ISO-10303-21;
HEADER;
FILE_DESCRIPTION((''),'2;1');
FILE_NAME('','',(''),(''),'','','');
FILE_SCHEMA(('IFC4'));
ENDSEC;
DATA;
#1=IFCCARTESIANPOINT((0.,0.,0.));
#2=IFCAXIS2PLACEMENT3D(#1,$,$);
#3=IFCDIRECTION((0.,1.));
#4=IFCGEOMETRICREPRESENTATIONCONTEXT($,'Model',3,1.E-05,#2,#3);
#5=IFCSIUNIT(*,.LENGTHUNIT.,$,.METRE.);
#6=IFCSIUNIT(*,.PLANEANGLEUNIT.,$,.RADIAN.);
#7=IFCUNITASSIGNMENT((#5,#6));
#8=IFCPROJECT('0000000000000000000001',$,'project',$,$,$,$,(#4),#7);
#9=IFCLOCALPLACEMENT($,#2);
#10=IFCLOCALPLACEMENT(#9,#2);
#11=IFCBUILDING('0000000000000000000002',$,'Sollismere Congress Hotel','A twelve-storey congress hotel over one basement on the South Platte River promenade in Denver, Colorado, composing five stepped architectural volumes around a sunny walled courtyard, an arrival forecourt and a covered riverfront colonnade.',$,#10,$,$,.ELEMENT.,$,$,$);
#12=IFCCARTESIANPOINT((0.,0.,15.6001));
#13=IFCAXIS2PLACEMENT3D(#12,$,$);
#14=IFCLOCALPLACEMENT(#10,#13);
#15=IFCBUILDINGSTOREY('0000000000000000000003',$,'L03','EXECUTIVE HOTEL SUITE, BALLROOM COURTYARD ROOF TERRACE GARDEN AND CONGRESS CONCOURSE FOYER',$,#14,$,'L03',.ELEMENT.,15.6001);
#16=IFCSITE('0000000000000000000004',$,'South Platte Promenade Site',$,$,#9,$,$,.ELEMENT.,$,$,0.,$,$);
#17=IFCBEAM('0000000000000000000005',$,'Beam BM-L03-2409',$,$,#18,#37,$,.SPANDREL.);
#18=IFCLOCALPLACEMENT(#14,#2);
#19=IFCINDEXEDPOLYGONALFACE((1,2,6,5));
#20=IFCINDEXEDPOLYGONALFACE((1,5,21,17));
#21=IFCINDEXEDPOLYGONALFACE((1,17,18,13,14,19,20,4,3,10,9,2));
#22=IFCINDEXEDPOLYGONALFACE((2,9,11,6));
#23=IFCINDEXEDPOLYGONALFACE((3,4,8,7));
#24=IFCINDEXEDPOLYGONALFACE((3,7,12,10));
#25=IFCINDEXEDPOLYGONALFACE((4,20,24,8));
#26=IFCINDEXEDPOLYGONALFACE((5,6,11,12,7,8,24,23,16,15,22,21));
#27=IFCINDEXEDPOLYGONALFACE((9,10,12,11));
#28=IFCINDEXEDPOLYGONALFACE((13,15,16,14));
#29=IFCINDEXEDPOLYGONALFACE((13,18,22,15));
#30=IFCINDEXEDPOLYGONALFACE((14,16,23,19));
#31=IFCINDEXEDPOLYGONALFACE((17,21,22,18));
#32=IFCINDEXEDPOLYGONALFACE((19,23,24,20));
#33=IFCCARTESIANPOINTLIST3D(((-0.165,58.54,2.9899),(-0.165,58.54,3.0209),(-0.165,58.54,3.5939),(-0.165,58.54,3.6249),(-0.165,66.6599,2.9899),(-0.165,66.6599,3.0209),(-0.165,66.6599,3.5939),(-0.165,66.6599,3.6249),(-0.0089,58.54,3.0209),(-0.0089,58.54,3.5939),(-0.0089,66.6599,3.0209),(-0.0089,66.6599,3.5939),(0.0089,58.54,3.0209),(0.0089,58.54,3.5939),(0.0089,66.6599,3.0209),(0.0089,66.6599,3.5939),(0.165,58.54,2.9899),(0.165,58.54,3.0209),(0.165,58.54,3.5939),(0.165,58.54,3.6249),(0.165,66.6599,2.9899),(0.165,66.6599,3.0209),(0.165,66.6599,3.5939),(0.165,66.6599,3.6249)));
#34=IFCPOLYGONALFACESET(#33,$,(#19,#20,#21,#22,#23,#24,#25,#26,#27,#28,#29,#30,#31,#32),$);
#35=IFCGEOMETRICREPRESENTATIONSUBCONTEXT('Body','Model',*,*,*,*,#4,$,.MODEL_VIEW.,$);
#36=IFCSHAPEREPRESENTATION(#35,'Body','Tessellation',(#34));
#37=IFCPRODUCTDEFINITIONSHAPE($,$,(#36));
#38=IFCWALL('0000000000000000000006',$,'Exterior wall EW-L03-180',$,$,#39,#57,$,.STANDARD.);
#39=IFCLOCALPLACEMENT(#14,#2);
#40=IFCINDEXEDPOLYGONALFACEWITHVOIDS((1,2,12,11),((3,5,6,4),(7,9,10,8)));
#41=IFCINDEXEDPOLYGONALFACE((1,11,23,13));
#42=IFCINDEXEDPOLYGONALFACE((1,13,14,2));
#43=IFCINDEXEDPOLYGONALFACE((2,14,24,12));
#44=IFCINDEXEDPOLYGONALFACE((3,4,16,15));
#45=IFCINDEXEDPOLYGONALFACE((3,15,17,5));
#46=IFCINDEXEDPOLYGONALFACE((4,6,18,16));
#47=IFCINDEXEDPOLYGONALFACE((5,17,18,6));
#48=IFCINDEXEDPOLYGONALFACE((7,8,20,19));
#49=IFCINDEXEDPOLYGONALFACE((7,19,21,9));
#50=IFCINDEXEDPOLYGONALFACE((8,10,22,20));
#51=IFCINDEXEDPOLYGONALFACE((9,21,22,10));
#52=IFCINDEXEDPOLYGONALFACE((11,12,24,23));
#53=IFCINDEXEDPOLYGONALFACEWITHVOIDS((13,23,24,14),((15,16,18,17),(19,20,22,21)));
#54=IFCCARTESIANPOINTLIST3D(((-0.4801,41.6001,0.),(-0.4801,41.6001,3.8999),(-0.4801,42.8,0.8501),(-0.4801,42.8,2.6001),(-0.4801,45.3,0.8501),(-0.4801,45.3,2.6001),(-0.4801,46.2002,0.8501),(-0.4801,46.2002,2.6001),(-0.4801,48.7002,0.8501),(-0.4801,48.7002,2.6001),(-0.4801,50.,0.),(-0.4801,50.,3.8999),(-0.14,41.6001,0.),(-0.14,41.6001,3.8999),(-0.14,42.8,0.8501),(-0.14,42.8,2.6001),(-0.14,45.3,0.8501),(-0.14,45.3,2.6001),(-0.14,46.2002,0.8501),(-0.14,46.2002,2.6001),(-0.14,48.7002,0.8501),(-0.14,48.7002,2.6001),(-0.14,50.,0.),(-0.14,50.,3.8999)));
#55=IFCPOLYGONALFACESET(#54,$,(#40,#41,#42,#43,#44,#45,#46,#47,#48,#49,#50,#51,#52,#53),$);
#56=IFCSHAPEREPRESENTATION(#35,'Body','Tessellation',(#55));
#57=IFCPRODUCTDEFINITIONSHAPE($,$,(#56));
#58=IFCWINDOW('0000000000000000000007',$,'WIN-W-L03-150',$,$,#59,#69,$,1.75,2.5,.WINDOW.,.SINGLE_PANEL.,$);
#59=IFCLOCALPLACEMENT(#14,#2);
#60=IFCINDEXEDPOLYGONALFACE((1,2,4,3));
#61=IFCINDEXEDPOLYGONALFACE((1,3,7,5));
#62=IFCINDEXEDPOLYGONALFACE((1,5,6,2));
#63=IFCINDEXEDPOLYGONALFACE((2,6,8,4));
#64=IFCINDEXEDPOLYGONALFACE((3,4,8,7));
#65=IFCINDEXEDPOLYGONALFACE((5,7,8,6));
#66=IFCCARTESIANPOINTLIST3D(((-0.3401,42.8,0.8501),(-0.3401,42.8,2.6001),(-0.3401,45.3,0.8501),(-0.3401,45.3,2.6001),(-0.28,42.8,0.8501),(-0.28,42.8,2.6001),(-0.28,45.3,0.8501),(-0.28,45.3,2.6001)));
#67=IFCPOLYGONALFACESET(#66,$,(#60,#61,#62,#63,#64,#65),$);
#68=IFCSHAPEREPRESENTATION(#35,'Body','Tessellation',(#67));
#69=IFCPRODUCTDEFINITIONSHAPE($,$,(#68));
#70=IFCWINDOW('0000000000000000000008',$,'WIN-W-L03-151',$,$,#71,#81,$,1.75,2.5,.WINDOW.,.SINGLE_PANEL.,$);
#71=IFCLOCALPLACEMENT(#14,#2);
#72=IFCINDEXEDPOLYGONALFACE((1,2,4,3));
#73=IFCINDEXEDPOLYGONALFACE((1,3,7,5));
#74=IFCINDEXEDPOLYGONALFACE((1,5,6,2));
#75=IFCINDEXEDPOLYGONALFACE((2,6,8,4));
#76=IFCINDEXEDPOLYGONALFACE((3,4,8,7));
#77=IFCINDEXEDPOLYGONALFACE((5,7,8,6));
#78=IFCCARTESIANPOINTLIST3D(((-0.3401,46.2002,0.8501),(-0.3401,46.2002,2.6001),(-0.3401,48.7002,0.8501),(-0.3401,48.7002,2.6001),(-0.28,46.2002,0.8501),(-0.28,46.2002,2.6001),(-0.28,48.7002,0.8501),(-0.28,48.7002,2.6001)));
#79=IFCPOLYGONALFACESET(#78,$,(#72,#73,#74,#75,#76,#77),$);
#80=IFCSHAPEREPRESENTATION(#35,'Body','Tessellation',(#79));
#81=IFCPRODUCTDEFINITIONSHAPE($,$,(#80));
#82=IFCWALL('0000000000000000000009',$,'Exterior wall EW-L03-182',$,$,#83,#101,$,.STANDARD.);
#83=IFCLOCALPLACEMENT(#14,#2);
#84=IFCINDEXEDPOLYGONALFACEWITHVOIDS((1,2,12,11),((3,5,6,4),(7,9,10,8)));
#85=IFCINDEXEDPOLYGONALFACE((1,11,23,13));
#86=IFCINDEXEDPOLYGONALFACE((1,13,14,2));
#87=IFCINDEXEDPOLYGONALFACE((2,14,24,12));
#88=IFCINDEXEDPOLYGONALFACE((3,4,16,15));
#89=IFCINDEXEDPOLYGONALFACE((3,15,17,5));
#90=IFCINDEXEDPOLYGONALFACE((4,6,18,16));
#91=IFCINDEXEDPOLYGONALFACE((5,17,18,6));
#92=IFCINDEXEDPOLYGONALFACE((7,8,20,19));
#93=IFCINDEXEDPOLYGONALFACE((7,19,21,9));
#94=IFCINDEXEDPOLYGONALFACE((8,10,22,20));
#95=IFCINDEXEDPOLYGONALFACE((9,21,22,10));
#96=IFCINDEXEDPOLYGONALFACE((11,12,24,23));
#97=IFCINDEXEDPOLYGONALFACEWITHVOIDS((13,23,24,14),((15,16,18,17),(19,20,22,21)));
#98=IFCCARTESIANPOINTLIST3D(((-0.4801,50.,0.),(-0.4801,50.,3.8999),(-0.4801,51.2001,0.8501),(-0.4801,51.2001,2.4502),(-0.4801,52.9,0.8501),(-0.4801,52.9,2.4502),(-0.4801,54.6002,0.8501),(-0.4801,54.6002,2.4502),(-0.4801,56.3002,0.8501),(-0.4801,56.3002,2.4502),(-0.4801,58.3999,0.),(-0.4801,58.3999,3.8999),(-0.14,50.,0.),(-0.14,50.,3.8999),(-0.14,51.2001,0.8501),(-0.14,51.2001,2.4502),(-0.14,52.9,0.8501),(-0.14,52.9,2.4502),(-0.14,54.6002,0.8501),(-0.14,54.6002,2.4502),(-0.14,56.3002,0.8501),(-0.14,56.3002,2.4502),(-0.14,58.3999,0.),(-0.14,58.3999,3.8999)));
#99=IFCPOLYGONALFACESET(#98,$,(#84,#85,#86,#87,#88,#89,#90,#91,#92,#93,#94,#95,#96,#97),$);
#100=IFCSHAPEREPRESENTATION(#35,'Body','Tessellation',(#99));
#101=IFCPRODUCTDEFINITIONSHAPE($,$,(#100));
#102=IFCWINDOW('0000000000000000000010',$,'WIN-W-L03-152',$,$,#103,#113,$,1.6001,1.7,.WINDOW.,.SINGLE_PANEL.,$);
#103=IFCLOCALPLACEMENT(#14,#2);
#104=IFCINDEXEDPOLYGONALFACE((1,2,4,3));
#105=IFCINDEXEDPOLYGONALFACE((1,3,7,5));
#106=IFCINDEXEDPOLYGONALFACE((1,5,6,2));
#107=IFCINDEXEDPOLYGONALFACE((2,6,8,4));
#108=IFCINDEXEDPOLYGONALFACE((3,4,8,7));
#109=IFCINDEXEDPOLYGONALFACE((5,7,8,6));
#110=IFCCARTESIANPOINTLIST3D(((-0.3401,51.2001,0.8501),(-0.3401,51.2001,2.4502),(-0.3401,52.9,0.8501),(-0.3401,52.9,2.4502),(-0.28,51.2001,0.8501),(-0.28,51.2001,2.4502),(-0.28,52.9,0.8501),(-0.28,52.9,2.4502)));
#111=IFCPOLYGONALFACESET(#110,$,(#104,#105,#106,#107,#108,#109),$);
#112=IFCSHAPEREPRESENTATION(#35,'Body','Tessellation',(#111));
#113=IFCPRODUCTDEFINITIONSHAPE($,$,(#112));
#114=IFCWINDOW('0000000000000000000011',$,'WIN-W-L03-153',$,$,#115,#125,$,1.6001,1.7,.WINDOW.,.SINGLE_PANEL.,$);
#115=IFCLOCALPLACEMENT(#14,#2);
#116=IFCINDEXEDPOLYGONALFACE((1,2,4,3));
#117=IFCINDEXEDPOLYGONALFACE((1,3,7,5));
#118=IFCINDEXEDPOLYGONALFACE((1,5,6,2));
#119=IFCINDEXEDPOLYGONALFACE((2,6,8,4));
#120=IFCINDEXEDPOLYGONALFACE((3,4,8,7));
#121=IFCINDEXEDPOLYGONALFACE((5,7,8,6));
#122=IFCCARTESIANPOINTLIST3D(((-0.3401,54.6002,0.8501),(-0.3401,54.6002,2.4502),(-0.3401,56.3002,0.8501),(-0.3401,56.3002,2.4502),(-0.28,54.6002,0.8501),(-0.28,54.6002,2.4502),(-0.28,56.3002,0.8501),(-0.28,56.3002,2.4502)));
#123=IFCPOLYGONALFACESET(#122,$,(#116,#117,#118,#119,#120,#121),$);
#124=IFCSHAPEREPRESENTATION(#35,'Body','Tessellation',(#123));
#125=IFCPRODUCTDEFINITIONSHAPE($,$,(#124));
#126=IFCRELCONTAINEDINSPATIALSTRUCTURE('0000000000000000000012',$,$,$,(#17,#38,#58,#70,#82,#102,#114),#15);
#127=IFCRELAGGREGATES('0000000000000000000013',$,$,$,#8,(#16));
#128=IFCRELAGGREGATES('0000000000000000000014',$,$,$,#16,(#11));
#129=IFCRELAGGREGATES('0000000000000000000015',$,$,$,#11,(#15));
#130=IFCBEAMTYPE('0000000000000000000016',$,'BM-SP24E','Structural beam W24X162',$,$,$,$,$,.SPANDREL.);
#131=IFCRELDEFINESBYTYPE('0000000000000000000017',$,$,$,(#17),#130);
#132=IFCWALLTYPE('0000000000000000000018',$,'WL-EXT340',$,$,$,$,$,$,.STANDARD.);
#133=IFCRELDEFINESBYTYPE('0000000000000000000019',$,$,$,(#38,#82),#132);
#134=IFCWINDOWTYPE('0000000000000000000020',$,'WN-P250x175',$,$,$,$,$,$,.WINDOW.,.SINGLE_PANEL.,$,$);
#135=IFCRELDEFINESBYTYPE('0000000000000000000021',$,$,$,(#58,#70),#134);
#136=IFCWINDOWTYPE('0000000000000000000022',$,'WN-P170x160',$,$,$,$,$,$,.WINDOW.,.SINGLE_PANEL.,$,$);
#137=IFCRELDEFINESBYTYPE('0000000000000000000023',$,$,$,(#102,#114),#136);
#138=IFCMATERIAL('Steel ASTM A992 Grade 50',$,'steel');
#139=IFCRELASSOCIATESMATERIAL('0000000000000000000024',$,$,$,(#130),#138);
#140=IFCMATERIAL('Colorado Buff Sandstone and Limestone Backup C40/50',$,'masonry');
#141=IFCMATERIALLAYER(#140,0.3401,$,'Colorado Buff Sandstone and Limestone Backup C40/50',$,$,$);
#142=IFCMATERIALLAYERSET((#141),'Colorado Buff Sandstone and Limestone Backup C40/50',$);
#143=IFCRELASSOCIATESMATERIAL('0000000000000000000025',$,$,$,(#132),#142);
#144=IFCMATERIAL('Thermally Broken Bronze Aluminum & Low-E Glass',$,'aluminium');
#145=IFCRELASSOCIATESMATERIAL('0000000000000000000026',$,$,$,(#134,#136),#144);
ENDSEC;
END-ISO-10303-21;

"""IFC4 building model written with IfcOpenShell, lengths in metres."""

from ifc_helpers import new_model, si_unit, direction, frame, frame_2d, origin, origin_2d, place, context, subcontext, project, spatial, rectangle, i_section, extrude, material, layer, layer_set, material_profile, profile_set, type_object, element, fill, save


model = new_model("IFC4")

# Units and contexts
model_context = context("Model", 3, precision=1e-05, world=origin(), true_north=direction((0.0, 1.0)))
body_context = subcontext(model_context, "Body", "Model", "MODEL_VIEW")
ifc_project = project(units=[si_unit("LENGTHUNIT", "METRE"), si_unit("PLANEANGLEUNIT", "RADIAN")], contexts=[model_context])

# Site, building, storey
site_placement = place(None, origin())
site = spatial("IfcSite", under=ifc_project, at=site_placement, Name="South Platte Promenade Site", CompositionType="ELEMENT", RefElevation=0.0)
building_placement = place(site_placement, origin())
building = spatial("IfcBuilding", under=site, at=building_placement, Name="Sollismere Congress Hotel", Description="A twelve-storey congress hotel over one basement on the South Platte River promenade in Denver, Colorado, composing five stepped architectural volumes around a sunny walled courtyard, an arrival forecourt and a covered riverfront colonnade.", CompositionType="ELEMENT")
storey_placement = place(building_placement, frame((0.0, 0.0, 15.6001)))
storey = spatial("IfcBuildingStorey", under=building, at=storey_placement, Name="L03", Description="EXECUTIVE HOTEL SUITE, BALLROOM COURTYARD ROOF TERRACE GARDEN AND CONGRESS CONCOURSE FOYER", LongName="L03", CompositionType="ELEMENT", Elevation=15.6001)

# Shared definitions
ifc_material_1 = material(Name="Steel ASTM A992 Grade 50", Category="steel")

# Beam
ifc_material_profile_1 = material_profile(ifc_material_1, i_section(OverallWidth=0.3301, OverallDepth=0.635, WebThickness=0.0178, FlangeThickness=0.031, at=origin_2d()), Name="W24X162")
ifc_profile_set_1 = profile_set([ifc_material_profile_1], Name="Steel ASTM A992 Grade 50")
beam_type_1 = type_object("IfcBeamType", Name="BM-SP24E", Description="Structural beam W24X162", PredefinedType="SPANDREL", material=ifc_profile_set_1)
beam_placement = place(storey_placement, frame((0.0, 58.54, 3.3074), z_axis=(0.0, 1.0, 0.0), x_axis=(-1.0, 0.0, 0.0)))
element("IfcBeam", 1, at=beam_placement, inside=storey, type_object=beam_type_1, Name="Beam BM-L03-2409", PredefinedType="SPANDREL", context=body_context, shape_type="SweptSolid", body=[
    extrude(i_section(OverallWidth=0.3301, OverallDepth=0.635, WebThickness=0.0178, FlangeThickness=0.031, at=origin_2d()), origin(), (0.0, 0.0, 1.0), 8.1199),
])

# Walls, openings, windows
ifc_material_2 = material(Name="Colorado Buff Sandstone and Limestone Backup C40/50", Category="masonry")
ifc_layer_1 = layer(ifc_material_2, 0.3401, Name="Colorado Buff Sandstone and Limestone Backup C40/50")
ifc_layer_set_1 = layer_set([ifc_layer_1], Name="Colorado Buff Sandstone and Limestone Backup C40/50")
wall_type_1 = type_object("IfcWallType", Name="WL-EXT340", PredefinedType="STANDARD", material=ifc_layer_set_1)
wall_1_placement = place(storey_placement, frame((-0.3101, 41.6001, 0.0), z_axis=(0.0, 0.0, 1.0), x_axis=(0.0, 1.0, 0.0)))
wall_1 = element("IfcWall", 2, at=wall_1_placement, inside=storey, type_object=wall_type_1, Name="Exterior wall EW-L03-180", PredefinedType="STANDARD", context=body_context, shape_type="SweptSolid", body=[
    extrude(rectangle(XDim=8.3999, YDim=0.3401, at=frame_2d((4.2, 0.0))), origin(), (0.0, 0.0, 1.0), 3.8999),
])
opening_1_placement = place(wall_1_placement, frame((1.2, 0.0, 0.8501)))
opening_1 = element("IfcOpeningElement", 3, at=opening_1_placement, cuts=wall_1, PredefinedType="OPENING", context=body_context, shape_type="SweptSolid", body=[
    extrude(rectangle(XDim=2.5, YDim=1.75, at=frame_2d((1.25, 0.875))), frame((0.0, 0.1799, 0.0), z_axis=(0.0, -1.0, 0.0), x_axis=(1.0, 0.0, 0.0)), (0.0, 0.0, 1.0), 0.3601),
])
opening_2_placement = place(wall_1_placement, frame((4.6001, 0.0, 0.8501)))
opening_2 = element("IfcOpeningElement", 4, at=opening_2_placement, cuts=wall_1, PredefinedType="OPENING", context=body_context, shape_type="SweptSolid", body=[
    extrude(rectangle(XDim=2.5, YDim=1.75, at=frame_2d((1.25, 0.875))), frame((0.0, 0.1799, 0.0), z_axis=(0.0, -1.0, 0.0), x_axis=(1.0, 0.0, 0.0)), (0.0, 0.0, 1.0), 0.3601),
])
ifc_material_3 = material(Name="Thermally Broken Bronze Aluminum & Low-E Glass", Category="aluminium")
window_type_1 = type_object("IfcWindowType", Name="WN-P250x175", PartitioningType="SINGLE_PANEL", PredefinedType="WINDOW", material=ifc_material_3)
window_1_placement = place(opening_1_placement, origin())
window_1 = element("IfcWindow", 5, at=window_1_placement, inside=storey, type_object=window_type_1, Name="WIN-W-L03-150", OverallHeight=1.75, OverallWidth=2.5, PartitioningType="SINGLE_PANEL", PredefinedType="WINDOW", context=body_context, shape_type="SweptSolid", body=[
    extrude(rectangle(XDim=2.5, YDim=1.75, at=frame_2d((1.25, 0.875))), frame((0.0, 0.03, 0.0), z_axis=(0.0, -1.0, 0.0), x_axis=(1.0, 0.0, 0.0)), (0.0, 0.0, 1.0), 0.0601),
])
fill(opening_1, window_1)
window_2_placement = place(opening_2_placement, origin())
window_2 = element("IfcWindow", 6, at=window_2_placement, inside=storey, type_object=window_type_1, Name="WIN-W-L03-151", OverallHeight=1.75, OverallWidth=2.5, PartitioningType="SINGLE_PANEL", PredefinedType="WINDOW", context=body_context, shape_type="SweptSolid", body=[
    extrude(rectangle(XDim=2.5, YDim=1.75, at=frame_2d((1.25, 0.875))), frame((0.0, 0.03, 0.0), z_axis=(0.0, -1.0, 0.0), x_axis=(1.0, 0.0, 0.0)), (0.0, 0.0, 1.0), 0.0601),
])
fill(opening_2, window_2)
wall_2_placement = place(storey_placement, frame((-0.3101, 50.0, 0.0), z_axis=(0.0, 0.0, 1.0), x_axis=(0.0, 1.0, 0.0)))
wall_2 = element("IfcWall", 7, at=wall_2_placement, inside=storey, type_object=wall_type_1, Name="Exterior wall EW-L03-182", PredefinedType="STANDARD", context=body_context, shape_type="SweptSolid", body=[
    extrude(rectangle(XDim=8.3999, YDim=0.3401, at=frame_2d((4.2, 0.0))), origin(), (0.0, 0.0, 1.0), 3.8999),
])
opening_3_placement = place(wall_2_placement, frame((1.2, 0.0, 0.8501)))
opening_3 = element("IfcOpeningElement", 8, at=opening_3_placement, cuts=wall_2, PredefinedType="OPENING", context=body_context, shape_type="SweptSolid", body=[
    extrude(rectangle(XDim=1.7, YDim=1.6001, at=frame_2d((0.8501, 0.8))), frame((0.0, 0.1799, 0.0), z_axis=(0.0, -1.0, 0.0), x_axis=(1.0, 0.0, 0.0)), (0.0, 0.0, 1.0), 0.3601),
])
opening_4_placement = place(wall_2_placement, frame((4.6001, 0.0, 0.8501)))
opening_4 = element("IfcOpeningElement", 9, at=opening_4_placement, cuts=wall_2, PredefinedType="OPENING", context=body_context, shape_type="SweptSolid", body=[
    extrude(rectangle(XDim=1.7, YDim=1.6001, at=frame_2d((0.8501, 0.8))), frame((0.0, 0.1799, 0.0), z_axis=(0.0, -1.0, 0.0), x_axis=(1.0, 0.0, 0.0)), (0.0, 0.0, 1.0), 0.3601),
])
window_type_2 = type_object("IfcWindowType", Name="WN-P170x160", PartitioningType="SINGLE_PANEL", PredefinedType="WINDOW", material=ifc_material_3)
window_3_placement = place(opening_3_placement, origin())
window_3 = element("IfcWindow", 10, at=window_3_placement, inside=storey, type_object=window_type_2, Name="WIN-W-L03-152", OverallHeight=1.6001, OverallWidth=1.7, PartitioningType="SINGLE_PANEL", PredefinedType="WINDOW", context=body_context, shape_type="SweptSolid", body=[
    extrude(rectangle(XDim=1.7, YDim=1.6001, at=frame_2d((0.8501, 0.8))), frame((0.0, 0.03, 0.0), z_axis=(0.0, -1.0, 0.0), x_axis=(1.0, 0.0, 0.0)), (0.0, 0.0, 1.0), 0.0601),
])
fill(opening_3, window_3)
window_4_placement = place(opening_4_placement, origin())
window_4 = element("IfcWindow", 11, at=window_4_placement, inside=storey, type_object=window_type_2, Name="WIN-W-L03-153", OverallHeight=1.6001, OverallWidth=1.7, PartitioningType="SINGLE_PANEL", PredefinedType="WINDOW", context=body_context, shape_type="SweptSolid", body=[
    extrude(rectangle(XDim=1.7, YDim=1.6001, at=frame_2d((0.8501, 0.8))), frame((0.0, 0.03, 0.0), z_axis=(0.0, -1.0, 0.0), x_axis=(1.0, 0.0, 0.0)), (0.0, 0.0, 1.0), 0.0601),
])
fill(opening_4, window_4)

save(model, "model.ifc")
